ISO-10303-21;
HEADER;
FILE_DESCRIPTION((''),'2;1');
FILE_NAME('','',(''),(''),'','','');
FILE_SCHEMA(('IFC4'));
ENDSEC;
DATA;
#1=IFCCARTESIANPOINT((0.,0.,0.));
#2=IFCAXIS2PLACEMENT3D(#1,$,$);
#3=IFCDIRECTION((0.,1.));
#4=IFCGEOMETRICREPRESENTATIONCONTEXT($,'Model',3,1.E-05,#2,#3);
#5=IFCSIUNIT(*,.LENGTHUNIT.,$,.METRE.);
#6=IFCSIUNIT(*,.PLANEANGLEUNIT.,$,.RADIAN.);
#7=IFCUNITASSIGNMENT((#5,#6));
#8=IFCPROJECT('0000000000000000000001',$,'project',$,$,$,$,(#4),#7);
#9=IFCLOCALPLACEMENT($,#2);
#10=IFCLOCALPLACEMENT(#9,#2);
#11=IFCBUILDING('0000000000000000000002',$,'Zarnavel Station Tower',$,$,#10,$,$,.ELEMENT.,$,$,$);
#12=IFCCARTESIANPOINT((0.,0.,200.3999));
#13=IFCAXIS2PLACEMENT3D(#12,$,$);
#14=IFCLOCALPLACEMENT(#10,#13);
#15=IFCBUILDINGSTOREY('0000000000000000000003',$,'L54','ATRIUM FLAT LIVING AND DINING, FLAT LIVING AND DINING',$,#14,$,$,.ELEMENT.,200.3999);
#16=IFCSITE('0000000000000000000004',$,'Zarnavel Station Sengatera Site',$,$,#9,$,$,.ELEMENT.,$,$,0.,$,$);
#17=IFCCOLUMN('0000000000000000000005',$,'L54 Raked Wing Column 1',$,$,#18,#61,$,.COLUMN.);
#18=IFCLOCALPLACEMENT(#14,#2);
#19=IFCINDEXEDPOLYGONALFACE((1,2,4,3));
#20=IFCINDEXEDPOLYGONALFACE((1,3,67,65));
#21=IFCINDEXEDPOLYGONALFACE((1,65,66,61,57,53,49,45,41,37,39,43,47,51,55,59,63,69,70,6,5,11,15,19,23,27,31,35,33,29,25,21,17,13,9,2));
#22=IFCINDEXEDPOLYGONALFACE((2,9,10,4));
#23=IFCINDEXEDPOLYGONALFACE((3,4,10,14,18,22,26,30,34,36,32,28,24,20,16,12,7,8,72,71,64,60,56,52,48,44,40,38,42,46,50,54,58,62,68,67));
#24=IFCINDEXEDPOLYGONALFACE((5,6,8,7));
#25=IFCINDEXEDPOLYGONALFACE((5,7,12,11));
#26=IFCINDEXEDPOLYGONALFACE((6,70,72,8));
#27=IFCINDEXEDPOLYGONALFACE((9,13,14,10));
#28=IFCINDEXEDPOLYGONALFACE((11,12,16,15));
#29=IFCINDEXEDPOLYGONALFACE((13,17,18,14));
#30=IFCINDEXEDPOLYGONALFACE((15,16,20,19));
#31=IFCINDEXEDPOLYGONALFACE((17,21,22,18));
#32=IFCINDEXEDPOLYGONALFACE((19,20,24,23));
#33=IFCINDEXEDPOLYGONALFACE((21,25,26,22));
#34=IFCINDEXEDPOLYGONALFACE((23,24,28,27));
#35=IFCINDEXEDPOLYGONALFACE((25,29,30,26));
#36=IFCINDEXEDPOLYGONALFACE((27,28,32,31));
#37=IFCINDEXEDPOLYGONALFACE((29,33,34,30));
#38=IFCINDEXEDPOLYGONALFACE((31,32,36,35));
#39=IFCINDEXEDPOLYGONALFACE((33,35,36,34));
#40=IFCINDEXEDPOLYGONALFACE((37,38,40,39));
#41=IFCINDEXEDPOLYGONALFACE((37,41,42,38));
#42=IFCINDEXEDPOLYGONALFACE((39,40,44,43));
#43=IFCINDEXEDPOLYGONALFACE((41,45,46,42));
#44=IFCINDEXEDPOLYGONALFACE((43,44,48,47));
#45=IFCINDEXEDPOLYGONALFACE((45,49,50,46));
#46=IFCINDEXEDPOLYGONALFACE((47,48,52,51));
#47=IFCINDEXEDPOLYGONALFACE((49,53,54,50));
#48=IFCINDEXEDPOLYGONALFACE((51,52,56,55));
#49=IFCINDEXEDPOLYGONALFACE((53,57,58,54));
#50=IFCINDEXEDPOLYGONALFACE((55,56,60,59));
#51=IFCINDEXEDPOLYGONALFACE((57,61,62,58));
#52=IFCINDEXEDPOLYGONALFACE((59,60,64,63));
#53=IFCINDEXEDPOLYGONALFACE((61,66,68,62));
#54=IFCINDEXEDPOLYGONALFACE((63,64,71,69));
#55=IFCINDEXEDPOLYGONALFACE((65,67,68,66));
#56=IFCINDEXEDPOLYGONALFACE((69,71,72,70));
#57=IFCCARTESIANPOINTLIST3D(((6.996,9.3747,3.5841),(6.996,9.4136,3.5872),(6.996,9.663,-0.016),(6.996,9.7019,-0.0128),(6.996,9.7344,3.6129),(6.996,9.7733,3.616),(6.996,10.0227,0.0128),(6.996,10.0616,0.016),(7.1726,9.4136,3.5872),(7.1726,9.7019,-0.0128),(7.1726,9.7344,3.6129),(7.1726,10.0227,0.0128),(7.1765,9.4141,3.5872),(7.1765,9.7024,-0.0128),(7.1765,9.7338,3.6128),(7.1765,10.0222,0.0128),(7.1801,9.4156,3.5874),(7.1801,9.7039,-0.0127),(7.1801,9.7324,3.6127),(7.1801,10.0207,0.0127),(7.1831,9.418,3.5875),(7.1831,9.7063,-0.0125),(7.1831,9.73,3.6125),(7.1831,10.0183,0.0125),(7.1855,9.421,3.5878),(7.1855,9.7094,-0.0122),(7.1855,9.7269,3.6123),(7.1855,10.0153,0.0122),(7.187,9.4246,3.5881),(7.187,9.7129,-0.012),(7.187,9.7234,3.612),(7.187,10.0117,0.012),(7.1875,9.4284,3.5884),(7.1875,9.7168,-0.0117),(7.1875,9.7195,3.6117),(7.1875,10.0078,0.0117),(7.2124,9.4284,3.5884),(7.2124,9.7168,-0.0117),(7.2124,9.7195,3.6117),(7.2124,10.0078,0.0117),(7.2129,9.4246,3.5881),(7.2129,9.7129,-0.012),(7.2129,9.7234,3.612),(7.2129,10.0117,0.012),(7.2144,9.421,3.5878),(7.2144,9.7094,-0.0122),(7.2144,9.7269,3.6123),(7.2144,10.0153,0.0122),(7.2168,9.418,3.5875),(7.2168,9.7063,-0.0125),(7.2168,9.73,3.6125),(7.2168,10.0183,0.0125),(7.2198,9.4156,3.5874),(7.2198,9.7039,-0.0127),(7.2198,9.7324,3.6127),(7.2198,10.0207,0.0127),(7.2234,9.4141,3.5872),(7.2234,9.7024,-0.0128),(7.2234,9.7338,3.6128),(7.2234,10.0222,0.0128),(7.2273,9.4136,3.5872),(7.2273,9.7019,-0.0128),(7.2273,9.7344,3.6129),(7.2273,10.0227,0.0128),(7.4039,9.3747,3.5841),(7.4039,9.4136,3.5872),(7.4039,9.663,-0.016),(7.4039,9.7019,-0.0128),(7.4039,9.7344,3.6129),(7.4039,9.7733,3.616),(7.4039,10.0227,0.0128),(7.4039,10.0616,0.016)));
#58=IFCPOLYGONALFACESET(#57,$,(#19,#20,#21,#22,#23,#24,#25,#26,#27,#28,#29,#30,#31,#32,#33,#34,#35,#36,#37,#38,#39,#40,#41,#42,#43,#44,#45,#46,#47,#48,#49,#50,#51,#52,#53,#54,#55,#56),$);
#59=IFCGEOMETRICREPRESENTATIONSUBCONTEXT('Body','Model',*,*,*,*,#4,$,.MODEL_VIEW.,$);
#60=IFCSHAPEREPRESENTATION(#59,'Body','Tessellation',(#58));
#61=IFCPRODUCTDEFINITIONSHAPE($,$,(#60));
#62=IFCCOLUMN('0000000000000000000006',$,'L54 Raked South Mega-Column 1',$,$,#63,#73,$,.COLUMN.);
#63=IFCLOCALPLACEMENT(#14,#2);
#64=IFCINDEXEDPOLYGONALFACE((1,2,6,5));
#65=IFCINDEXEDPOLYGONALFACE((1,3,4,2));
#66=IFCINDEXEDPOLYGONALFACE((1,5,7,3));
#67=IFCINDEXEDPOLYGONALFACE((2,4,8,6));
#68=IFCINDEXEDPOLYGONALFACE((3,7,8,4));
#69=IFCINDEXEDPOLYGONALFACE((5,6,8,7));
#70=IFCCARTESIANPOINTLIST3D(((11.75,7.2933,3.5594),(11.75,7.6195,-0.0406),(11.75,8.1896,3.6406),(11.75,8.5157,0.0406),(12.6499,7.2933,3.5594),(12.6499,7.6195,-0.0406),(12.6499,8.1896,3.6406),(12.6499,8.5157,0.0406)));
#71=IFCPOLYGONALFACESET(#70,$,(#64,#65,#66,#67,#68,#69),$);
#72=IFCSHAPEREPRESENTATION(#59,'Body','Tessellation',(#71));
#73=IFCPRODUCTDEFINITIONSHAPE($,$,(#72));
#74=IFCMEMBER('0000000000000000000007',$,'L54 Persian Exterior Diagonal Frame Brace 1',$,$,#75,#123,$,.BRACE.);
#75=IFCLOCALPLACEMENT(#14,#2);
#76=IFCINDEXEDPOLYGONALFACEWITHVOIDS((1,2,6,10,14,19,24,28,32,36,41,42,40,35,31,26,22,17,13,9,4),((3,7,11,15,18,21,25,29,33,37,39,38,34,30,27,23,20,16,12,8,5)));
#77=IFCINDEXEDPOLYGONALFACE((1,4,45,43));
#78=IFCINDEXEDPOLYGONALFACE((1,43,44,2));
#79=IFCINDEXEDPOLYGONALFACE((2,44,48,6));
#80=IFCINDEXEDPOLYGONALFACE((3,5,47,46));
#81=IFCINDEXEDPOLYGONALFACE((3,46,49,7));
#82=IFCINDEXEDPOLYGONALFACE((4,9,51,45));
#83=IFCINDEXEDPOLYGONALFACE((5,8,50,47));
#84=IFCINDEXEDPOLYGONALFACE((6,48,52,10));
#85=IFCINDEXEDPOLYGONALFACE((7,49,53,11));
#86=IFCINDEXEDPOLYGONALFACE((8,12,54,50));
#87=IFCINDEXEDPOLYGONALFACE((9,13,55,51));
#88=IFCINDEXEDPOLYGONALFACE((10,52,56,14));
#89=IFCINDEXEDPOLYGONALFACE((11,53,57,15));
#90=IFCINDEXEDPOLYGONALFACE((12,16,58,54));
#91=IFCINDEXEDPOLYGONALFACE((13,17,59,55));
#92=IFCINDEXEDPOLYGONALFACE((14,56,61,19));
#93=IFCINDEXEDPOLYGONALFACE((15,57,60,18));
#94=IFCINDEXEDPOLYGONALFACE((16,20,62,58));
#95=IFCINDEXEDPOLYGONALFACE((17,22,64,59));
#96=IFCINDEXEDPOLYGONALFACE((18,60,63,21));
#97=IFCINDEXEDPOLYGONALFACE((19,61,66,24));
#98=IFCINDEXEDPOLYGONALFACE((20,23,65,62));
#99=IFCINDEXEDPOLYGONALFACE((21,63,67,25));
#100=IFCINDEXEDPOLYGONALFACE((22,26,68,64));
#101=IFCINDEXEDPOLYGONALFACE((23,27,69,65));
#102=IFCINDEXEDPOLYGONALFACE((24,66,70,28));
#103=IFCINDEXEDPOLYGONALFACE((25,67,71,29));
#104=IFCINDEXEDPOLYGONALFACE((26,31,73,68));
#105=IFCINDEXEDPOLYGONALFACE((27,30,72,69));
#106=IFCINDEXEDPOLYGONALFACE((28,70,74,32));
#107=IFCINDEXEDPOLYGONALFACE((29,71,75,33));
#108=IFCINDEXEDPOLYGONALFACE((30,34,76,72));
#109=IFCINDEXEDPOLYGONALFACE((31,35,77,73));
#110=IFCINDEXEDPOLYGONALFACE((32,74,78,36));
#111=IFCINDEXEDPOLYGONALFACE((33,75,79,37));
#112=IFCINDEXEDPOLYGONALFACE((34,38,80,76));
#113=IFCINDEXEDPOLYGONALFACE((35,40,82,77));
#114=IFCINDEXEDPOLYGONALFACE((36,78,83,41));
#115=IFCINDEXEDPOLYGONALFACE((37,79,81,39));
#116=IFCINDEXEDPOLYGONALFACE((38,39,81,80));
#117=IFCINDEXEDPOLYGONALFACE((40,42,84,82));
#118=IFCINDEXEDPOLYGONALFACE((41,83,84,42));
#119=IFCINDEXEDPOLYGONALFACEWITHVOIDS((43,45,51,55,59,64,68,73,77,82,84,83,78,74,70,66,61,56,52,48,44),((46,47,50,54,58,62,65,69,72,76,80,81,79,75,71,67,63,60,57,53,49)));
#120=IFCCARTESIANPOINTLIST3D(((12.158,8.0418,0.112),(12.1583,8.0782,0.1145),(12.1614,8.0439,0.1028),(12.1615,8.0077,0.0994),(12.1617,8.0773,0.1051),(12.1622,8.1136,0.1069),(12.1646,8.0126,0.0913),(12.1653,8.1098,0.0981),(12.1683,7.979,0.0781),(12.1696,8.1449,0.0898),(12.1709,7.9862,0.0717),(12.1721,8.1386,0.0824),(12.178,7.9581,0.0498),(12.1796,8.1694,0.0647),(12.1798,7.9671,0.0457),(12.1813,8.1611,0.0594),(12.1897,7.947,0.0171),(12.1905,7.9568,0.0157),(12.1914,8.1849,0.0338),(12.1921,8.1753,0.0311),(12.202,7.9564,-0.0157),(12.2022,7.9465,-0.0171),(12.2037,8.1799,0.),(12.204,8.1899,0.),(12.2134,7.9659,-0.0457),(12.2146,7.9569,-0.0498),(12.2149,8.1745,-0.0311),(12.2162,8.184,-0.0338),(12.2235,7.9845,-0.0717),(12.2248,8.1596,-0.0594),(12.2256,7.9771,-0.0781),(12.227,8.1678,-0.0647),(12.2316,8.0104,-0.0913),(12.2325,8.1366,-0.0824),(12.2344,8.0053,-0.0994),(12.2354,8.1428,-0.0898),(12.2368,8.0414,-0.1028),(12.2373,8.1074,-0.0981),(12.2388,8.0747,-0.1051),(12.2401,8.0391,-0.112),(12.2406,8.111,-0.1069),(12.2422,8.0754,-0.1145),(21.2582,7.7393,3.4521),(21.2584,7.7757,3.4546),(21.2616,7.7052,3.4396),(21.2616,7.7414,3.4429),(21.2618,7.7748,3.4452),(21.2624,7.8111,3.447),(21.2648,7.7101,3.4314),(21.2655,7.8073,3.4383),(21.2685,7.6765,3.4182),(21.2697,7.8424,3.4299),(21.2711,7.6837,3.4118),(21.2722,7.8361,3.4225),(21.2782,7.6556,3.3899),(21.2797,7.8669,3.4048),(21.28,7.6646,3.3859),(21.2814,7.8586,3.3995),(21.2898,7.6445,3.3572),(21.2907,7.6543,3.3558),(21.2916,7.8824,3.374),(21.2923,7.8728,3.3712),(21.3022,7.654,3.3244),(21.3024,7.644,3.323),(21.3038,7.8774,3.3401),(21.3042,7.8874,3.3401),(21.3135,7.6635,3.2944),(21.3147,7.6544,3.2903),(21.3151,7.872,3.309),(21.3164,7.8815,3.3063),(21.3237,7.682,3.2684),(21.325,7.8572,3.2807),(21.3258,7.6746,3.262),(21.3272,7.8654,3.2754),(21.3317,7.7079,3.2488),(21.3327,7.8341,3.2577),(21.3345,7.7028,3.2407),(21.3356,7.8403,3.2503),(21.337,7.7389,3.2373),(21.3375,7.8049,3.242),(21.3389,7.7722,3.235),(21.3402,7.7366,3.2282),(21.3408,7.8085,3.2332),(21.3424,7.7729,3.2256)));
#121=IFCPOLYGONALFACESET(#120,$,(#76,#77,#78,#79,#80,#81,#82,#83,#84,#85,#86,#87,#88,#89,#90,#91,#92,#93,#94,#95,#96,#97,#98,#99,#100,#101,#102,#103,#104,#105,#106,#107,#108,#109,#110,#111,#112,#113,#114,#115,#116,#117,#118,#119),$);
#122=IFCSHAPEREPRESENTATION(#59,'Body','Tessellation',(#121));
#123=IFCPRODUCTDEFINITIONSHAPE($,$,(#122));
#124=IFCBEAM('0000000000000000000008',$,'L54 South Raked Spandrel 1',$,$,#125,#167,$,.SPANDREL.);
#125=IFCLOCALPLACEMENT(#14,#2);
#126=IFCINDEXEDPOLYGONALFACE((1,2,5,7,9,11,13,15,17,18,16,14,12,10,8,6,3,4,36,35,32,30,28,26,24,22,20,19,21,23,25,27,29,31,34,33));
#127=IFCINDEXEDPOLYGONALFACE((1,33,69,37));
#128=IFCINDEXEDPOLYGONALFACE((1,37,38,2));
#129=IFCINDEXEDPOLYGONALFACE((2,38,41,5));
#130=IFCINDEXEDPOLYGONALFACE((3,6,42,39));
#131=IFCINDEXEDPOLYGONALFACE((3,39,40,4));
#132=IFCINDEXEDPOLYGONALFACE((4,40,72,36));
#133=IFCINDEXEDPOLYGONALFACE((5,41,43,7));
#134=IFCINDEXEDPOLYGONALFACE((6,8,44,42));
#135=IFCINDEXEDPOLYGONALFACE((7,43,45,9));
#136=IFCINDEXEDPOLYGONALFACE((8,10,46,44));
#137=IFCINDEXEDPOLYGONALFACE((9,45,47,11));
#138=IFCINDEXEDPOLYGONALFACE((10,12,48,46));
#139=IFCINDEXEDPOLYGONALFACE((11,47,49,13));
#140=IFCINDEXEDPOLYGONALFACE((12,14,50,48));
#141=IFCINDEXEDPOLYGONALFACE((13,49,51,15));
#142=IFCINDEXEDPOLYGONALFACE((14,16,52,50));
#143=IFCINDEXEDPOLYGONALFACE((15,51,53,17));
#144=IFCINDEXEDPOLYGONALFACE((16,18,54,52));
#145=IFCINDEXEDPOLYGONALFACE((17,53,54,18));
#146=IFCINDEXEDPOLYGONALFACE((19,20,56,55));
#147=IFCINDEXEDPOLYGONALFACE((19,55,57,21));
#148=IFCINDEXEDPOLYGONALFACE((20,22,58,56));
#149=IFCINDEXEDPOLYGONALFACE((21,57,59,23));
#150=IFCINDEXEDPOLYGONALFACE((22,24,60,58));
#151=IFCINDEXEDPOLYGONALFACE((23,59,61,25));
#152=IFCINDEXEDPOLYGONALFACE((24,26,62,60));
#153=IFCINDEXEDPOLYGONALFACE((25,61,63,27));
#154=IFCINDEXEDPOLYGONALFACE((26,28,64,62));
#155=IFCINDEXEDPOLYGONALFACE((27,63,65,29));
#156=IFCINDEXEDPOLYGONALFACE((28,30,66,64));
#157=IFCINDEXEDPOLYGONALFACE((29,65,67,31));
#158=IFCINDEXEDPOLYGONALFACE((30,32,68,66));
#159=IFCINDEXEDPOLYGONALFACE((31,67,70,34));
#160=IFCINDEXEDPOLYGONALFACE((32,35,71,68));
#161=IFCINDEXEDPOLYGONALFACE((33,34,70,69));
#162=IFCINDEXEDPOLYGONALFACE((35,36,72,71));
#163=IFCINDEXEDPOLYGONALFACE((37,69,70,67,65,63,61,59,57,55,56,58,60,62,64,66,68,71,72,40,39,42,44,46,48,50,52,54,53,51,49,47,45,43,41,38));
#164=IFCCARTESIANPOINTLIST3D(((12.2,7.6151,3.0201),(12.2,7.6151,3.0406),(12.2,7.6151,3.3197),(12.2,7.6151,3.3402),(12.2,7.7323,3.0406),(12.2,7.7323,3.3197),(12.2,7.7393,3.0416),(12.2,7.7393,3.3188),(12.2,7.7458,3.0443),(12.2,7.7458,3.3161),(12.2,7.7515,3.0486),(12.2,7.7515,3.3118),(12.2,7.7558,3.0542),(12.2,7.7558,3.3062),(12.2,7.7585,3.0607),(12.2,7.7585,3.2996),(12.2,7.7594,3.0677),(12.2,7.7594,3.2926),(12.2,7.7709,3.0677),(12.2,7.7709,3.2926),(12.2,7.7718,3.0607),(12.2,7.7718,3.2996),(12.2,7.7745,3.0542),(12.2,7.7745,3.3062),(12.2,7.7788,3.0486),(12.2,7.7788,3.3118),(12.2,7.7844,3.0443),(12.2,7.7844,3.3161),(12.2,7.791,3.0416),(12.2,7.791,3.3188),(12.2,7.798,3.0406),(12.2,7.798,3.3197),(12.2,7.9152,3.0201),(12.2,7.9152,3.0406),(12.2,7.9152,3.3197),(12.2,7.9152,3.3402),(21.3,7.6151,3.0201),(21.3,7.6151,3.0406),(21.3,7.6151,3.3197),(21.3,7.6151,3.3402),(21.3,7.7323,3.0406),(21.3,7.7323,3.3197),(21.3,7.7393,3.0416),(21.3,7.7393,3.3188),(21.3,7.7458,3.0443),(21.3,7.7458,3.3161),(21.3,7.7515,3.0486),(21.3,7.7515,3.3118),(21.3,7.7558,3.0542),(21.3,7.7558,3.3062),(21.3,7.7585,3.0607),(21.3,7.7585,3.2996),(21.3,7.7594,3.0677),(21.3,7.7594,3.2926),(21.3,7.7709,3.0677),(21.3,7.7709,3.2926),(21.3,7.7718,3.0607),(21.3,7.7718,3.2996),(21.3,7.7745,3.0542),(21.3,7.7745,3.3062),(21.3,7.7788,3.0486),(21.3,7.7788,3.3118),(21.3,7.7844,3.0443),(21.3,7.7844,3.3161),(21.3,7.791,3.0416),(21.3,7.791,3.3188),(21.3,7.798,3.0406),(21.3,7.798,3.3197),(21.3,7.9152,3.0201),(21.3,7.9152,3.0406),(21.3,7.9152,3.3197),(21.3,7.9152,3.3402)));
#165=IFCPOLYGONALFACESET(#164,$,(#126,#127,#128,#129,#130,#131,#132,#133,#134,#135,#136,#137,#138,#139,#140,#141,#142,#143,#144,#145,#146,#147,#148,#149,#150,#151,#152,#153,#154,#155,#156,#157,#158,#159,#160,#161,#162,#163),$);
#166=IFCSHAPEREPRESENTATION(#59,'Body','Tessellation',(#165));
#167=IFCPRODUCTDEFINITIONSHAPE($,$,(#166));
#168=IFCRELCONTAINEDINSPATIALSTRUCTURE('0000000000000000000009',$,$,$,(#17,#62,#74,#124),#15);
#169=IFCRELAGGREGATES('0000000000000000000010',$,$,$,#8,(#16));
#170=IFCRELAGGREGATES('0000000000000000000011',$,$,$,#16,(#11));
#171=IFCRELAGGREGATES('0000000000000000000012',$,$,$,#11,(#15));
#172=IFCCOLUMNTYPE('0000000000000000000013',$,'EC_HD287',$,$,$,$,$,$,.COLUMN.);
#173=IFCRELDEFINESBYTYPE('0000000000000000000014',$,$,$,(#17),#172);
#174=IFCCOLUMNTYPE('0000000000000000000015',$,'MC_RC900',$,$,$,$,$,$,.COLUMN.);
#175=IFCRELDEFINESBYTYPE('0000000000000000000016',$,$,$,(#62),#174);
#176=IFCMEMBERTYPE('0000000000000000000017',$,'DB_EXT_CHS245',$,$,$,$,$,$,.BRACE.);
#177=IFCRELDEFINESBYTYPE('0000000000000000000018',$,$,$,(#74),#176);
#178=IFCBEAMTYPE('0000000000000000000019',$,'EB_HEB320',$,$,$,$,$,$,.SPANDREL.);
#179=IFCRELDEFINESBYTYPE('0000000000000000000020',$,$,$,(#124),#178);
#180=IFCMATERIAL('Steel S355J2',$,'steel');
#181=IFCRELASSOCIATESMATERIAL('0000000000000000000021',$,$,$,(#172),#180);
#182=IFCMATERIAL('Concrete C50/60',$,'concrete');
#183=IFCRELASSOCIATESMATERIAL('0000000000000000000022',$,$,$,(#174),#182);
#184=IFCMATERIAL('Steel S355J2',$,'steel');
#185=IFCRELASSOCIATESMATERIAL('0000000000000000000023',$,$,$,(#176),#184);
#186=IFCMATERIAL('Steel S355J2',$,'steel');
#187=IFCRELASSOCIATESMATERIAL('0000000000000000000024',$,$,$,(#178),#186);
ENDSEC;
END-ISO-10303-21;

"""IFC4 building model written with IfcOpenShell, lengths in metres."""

from ifc_helpers import new_model, si_unit, direction, frame, origin, origin_2d, place, context, subcontext, project, spatial, rectangle, hollow_circle, i_section, extrude, material, material_profile, profile_set, type_object, element, save


model = new_model("IFC4")

# Units and contexts
model_context = context("Model", 3, precision=1e-05, world=origin(), true_north=direction((0.0, 1.0)))
body_context = subcontext(model_context, "Body", "Model", "MODEL_VIEW")
ifc_project = project(units=[si_unit("LENGTHUNIT", "METRE"), si_unit("PLANEANGLEUNIT", "RADIAN")], contexts=[model_context])

# Site, building, storey
site_placement = place(None, origin())
site = spatial("IfcSite", under=ifc_project, at=site_placement, Name="Zarnavel Station Sengatera Site", CompositionType="ELEMENT", RefElevation=0.0)
building_placement = place(site_placement, origin())
building = spatial("IfcBuilding", under=site, at=building_placement, Name="Zarnavel Station Tower", CompositionType="ELEMENT")
storey_placement = place(building_placement, frame((0.0, 0.0, 200.3999)))
storey = spatial("IfcBuildingStorey", under=building, at=storey_placement, Name="L54", Description="ATRIUM FLAT LIVING AND DINING, FLAT LIVING AND DINING", CompositionType="ELEMENT", Elevation=200.3999)

# Columns
ifc_material_1 = material(Name="Steel S355J2", Category="steel")
ifc_material_profile_1 = material_profile(ifc_material_1, i_section(OverallWidth=0.408, OverallDepth=0.3999, WebThickness=0.0249, FlangeThickness=0.0391, FilletRadius=0.0149, at=origin_2d()), Name="HD400x287")
ifc_profile_set_1 = profile_set([ifc_material_profile_1], Name="Steel S355J2")
column_type_1 = type_object("IfcColumnType", Name="EC_HD287", PredefinedType="COLUMN", material=ifc_profile_set_1)
column_1_placement = place(storey_placement, frame((7.2, 9.8623, 0.0), z_axis=(0.0, -0.079834, 0.996808), x_axis=(1.0, 0.0, 0.0)))
element("IfcColumn", 1, at=column_1_placement, inside=storey, type_object=column_type_1, Name="L54 Raked Wing Column 1", PredefinedType="COLUMN", context=body_context, shape_type="SweptSolid", body=[
    extrude(i_section(OverallWidth=0.408, OverallDepth=0.3999, WebThickness=0.0249, FlangeThickness=0.0391, FilletRadius=0.0149, at=origin_2d()), origin(), (0.0, 0.0, 1.0), 3.6116),
])
ifc_material_2 = material(Name="Concrete C50/60", Category="concrete")
ifc_material_profile_2 = material_profile(ifc_material_2, rectangle(XDim=0.8999, YDim=0.8999, at=origin_2d()), Name="RC900x900")
ifc_profile_set_2 = profile_set([ifc_material_profile_2], Name="Concrete C50/60")
column_type_2 = type_object("IfcColumnType", Name="MC_RC900", PredefinedType="COLUMN", material=ifc_profile_set_2)
column_2_placement = place(storey_placement, frame((12.2, 8.0676, 0.0), z_axis=(0.0, -0.090231, 0.995921), x_axis=(1.0, 0.0, 0.0)))
element("IfcColumn", 2, at=column_2_placement, inside=storey, type_object=column_type_2, Name="L54 Raked South Mega-Column 1", PredefinedType="COLUMN", context=body_context, shape_type="SweptSolid", body=[
    extrude(rectangle(XDim=0.8999, YDim=0.8999, at=origin_2d()), origin(), (0.0, 0.0, 1.0), 3.6147),
])

# Member
ifc_material_3 = material(Name="Steel S355J2", Category="steel")
ifc_material_profile_3 = material_profile(ifc_material_3, hollow_circle(Radius=0.1223, WallThickness=0.01, at=origin_2d()), Name="CHS244.5x10")
ifc_profile_set_3 = profile_set([ifc_material_profile_3], Name="Steel S355J2")
member_type = type_object("IfcMemberType", Name="DB_EXT_CHS245", PredefinedType="BRACE", material=ifc_profile_set_3)
member_placement = place(storey_placement, frame((12.2, 8.0676, 0.0), z_axis=(0.938307, -0.03119, 0.344395), x_axis=(0.033222, 0.999448, 0.0)))
element("IfcMember", 3, at=member_placement, inside=storey, type_object=member_type, Name="L54 Persian Exterior Diagonal Frame Brace 1", PredefinedType="BRACE", context=body_context, shape_type="SweptSolid", body=[
    extrude(hollow_circle(Radius=0.1223, WallThickness=0.01, at=origin_2d()), origin(), (0.0, 0.0, 1.0), 9.6985),
])

# Beam
ifc_material_4 = material(Name="Steel S355J2", Category="steel")
ifc_material_profile_4 = material_profile(ifc_material_4, i_section(OverallWidth=0.3, OverallDepth=0.3201, WebThickness=0.0115, FlangeThickness=0.0205, FilletRadius=0.0271, at=origin_2d()), Name="HEB320")
ifc_profile_set_4 = profile_set([ifc_material_profile_4], Name="Steel S355J2")
beam_type_1 = type_object("IfcBeamType", Name="EB_HEB320", PredefinedType="SPANDREL", material=ifc_profile_set_4)
beam_1_placement = place(storey_placement, frame((12.2, 7.7651, 3.1802), z_axis=(1.0, 0.0, 0.0), x_axis=(0.0, 1.0, 0.0)))
element("IfcBeam", 4, at=beam_1_placement, inside=storey, type_object=beam_type_1, Name="L54 South Raked Spandrel 1", PredefinedType="SPANDREL", context=body_context, shape_type="SweptSolid", body=[
    extrude(i_section(OverallWidth=0.3, OverallDepth=0.3201, WebThickness=0.0115, FlangeThickness=0.0205, FilletRadius=0.0271, at=origin_2d()), origin(), (0.0, 0.0, 1.0), 9.1001),
])

save(model, "model.ifc")
